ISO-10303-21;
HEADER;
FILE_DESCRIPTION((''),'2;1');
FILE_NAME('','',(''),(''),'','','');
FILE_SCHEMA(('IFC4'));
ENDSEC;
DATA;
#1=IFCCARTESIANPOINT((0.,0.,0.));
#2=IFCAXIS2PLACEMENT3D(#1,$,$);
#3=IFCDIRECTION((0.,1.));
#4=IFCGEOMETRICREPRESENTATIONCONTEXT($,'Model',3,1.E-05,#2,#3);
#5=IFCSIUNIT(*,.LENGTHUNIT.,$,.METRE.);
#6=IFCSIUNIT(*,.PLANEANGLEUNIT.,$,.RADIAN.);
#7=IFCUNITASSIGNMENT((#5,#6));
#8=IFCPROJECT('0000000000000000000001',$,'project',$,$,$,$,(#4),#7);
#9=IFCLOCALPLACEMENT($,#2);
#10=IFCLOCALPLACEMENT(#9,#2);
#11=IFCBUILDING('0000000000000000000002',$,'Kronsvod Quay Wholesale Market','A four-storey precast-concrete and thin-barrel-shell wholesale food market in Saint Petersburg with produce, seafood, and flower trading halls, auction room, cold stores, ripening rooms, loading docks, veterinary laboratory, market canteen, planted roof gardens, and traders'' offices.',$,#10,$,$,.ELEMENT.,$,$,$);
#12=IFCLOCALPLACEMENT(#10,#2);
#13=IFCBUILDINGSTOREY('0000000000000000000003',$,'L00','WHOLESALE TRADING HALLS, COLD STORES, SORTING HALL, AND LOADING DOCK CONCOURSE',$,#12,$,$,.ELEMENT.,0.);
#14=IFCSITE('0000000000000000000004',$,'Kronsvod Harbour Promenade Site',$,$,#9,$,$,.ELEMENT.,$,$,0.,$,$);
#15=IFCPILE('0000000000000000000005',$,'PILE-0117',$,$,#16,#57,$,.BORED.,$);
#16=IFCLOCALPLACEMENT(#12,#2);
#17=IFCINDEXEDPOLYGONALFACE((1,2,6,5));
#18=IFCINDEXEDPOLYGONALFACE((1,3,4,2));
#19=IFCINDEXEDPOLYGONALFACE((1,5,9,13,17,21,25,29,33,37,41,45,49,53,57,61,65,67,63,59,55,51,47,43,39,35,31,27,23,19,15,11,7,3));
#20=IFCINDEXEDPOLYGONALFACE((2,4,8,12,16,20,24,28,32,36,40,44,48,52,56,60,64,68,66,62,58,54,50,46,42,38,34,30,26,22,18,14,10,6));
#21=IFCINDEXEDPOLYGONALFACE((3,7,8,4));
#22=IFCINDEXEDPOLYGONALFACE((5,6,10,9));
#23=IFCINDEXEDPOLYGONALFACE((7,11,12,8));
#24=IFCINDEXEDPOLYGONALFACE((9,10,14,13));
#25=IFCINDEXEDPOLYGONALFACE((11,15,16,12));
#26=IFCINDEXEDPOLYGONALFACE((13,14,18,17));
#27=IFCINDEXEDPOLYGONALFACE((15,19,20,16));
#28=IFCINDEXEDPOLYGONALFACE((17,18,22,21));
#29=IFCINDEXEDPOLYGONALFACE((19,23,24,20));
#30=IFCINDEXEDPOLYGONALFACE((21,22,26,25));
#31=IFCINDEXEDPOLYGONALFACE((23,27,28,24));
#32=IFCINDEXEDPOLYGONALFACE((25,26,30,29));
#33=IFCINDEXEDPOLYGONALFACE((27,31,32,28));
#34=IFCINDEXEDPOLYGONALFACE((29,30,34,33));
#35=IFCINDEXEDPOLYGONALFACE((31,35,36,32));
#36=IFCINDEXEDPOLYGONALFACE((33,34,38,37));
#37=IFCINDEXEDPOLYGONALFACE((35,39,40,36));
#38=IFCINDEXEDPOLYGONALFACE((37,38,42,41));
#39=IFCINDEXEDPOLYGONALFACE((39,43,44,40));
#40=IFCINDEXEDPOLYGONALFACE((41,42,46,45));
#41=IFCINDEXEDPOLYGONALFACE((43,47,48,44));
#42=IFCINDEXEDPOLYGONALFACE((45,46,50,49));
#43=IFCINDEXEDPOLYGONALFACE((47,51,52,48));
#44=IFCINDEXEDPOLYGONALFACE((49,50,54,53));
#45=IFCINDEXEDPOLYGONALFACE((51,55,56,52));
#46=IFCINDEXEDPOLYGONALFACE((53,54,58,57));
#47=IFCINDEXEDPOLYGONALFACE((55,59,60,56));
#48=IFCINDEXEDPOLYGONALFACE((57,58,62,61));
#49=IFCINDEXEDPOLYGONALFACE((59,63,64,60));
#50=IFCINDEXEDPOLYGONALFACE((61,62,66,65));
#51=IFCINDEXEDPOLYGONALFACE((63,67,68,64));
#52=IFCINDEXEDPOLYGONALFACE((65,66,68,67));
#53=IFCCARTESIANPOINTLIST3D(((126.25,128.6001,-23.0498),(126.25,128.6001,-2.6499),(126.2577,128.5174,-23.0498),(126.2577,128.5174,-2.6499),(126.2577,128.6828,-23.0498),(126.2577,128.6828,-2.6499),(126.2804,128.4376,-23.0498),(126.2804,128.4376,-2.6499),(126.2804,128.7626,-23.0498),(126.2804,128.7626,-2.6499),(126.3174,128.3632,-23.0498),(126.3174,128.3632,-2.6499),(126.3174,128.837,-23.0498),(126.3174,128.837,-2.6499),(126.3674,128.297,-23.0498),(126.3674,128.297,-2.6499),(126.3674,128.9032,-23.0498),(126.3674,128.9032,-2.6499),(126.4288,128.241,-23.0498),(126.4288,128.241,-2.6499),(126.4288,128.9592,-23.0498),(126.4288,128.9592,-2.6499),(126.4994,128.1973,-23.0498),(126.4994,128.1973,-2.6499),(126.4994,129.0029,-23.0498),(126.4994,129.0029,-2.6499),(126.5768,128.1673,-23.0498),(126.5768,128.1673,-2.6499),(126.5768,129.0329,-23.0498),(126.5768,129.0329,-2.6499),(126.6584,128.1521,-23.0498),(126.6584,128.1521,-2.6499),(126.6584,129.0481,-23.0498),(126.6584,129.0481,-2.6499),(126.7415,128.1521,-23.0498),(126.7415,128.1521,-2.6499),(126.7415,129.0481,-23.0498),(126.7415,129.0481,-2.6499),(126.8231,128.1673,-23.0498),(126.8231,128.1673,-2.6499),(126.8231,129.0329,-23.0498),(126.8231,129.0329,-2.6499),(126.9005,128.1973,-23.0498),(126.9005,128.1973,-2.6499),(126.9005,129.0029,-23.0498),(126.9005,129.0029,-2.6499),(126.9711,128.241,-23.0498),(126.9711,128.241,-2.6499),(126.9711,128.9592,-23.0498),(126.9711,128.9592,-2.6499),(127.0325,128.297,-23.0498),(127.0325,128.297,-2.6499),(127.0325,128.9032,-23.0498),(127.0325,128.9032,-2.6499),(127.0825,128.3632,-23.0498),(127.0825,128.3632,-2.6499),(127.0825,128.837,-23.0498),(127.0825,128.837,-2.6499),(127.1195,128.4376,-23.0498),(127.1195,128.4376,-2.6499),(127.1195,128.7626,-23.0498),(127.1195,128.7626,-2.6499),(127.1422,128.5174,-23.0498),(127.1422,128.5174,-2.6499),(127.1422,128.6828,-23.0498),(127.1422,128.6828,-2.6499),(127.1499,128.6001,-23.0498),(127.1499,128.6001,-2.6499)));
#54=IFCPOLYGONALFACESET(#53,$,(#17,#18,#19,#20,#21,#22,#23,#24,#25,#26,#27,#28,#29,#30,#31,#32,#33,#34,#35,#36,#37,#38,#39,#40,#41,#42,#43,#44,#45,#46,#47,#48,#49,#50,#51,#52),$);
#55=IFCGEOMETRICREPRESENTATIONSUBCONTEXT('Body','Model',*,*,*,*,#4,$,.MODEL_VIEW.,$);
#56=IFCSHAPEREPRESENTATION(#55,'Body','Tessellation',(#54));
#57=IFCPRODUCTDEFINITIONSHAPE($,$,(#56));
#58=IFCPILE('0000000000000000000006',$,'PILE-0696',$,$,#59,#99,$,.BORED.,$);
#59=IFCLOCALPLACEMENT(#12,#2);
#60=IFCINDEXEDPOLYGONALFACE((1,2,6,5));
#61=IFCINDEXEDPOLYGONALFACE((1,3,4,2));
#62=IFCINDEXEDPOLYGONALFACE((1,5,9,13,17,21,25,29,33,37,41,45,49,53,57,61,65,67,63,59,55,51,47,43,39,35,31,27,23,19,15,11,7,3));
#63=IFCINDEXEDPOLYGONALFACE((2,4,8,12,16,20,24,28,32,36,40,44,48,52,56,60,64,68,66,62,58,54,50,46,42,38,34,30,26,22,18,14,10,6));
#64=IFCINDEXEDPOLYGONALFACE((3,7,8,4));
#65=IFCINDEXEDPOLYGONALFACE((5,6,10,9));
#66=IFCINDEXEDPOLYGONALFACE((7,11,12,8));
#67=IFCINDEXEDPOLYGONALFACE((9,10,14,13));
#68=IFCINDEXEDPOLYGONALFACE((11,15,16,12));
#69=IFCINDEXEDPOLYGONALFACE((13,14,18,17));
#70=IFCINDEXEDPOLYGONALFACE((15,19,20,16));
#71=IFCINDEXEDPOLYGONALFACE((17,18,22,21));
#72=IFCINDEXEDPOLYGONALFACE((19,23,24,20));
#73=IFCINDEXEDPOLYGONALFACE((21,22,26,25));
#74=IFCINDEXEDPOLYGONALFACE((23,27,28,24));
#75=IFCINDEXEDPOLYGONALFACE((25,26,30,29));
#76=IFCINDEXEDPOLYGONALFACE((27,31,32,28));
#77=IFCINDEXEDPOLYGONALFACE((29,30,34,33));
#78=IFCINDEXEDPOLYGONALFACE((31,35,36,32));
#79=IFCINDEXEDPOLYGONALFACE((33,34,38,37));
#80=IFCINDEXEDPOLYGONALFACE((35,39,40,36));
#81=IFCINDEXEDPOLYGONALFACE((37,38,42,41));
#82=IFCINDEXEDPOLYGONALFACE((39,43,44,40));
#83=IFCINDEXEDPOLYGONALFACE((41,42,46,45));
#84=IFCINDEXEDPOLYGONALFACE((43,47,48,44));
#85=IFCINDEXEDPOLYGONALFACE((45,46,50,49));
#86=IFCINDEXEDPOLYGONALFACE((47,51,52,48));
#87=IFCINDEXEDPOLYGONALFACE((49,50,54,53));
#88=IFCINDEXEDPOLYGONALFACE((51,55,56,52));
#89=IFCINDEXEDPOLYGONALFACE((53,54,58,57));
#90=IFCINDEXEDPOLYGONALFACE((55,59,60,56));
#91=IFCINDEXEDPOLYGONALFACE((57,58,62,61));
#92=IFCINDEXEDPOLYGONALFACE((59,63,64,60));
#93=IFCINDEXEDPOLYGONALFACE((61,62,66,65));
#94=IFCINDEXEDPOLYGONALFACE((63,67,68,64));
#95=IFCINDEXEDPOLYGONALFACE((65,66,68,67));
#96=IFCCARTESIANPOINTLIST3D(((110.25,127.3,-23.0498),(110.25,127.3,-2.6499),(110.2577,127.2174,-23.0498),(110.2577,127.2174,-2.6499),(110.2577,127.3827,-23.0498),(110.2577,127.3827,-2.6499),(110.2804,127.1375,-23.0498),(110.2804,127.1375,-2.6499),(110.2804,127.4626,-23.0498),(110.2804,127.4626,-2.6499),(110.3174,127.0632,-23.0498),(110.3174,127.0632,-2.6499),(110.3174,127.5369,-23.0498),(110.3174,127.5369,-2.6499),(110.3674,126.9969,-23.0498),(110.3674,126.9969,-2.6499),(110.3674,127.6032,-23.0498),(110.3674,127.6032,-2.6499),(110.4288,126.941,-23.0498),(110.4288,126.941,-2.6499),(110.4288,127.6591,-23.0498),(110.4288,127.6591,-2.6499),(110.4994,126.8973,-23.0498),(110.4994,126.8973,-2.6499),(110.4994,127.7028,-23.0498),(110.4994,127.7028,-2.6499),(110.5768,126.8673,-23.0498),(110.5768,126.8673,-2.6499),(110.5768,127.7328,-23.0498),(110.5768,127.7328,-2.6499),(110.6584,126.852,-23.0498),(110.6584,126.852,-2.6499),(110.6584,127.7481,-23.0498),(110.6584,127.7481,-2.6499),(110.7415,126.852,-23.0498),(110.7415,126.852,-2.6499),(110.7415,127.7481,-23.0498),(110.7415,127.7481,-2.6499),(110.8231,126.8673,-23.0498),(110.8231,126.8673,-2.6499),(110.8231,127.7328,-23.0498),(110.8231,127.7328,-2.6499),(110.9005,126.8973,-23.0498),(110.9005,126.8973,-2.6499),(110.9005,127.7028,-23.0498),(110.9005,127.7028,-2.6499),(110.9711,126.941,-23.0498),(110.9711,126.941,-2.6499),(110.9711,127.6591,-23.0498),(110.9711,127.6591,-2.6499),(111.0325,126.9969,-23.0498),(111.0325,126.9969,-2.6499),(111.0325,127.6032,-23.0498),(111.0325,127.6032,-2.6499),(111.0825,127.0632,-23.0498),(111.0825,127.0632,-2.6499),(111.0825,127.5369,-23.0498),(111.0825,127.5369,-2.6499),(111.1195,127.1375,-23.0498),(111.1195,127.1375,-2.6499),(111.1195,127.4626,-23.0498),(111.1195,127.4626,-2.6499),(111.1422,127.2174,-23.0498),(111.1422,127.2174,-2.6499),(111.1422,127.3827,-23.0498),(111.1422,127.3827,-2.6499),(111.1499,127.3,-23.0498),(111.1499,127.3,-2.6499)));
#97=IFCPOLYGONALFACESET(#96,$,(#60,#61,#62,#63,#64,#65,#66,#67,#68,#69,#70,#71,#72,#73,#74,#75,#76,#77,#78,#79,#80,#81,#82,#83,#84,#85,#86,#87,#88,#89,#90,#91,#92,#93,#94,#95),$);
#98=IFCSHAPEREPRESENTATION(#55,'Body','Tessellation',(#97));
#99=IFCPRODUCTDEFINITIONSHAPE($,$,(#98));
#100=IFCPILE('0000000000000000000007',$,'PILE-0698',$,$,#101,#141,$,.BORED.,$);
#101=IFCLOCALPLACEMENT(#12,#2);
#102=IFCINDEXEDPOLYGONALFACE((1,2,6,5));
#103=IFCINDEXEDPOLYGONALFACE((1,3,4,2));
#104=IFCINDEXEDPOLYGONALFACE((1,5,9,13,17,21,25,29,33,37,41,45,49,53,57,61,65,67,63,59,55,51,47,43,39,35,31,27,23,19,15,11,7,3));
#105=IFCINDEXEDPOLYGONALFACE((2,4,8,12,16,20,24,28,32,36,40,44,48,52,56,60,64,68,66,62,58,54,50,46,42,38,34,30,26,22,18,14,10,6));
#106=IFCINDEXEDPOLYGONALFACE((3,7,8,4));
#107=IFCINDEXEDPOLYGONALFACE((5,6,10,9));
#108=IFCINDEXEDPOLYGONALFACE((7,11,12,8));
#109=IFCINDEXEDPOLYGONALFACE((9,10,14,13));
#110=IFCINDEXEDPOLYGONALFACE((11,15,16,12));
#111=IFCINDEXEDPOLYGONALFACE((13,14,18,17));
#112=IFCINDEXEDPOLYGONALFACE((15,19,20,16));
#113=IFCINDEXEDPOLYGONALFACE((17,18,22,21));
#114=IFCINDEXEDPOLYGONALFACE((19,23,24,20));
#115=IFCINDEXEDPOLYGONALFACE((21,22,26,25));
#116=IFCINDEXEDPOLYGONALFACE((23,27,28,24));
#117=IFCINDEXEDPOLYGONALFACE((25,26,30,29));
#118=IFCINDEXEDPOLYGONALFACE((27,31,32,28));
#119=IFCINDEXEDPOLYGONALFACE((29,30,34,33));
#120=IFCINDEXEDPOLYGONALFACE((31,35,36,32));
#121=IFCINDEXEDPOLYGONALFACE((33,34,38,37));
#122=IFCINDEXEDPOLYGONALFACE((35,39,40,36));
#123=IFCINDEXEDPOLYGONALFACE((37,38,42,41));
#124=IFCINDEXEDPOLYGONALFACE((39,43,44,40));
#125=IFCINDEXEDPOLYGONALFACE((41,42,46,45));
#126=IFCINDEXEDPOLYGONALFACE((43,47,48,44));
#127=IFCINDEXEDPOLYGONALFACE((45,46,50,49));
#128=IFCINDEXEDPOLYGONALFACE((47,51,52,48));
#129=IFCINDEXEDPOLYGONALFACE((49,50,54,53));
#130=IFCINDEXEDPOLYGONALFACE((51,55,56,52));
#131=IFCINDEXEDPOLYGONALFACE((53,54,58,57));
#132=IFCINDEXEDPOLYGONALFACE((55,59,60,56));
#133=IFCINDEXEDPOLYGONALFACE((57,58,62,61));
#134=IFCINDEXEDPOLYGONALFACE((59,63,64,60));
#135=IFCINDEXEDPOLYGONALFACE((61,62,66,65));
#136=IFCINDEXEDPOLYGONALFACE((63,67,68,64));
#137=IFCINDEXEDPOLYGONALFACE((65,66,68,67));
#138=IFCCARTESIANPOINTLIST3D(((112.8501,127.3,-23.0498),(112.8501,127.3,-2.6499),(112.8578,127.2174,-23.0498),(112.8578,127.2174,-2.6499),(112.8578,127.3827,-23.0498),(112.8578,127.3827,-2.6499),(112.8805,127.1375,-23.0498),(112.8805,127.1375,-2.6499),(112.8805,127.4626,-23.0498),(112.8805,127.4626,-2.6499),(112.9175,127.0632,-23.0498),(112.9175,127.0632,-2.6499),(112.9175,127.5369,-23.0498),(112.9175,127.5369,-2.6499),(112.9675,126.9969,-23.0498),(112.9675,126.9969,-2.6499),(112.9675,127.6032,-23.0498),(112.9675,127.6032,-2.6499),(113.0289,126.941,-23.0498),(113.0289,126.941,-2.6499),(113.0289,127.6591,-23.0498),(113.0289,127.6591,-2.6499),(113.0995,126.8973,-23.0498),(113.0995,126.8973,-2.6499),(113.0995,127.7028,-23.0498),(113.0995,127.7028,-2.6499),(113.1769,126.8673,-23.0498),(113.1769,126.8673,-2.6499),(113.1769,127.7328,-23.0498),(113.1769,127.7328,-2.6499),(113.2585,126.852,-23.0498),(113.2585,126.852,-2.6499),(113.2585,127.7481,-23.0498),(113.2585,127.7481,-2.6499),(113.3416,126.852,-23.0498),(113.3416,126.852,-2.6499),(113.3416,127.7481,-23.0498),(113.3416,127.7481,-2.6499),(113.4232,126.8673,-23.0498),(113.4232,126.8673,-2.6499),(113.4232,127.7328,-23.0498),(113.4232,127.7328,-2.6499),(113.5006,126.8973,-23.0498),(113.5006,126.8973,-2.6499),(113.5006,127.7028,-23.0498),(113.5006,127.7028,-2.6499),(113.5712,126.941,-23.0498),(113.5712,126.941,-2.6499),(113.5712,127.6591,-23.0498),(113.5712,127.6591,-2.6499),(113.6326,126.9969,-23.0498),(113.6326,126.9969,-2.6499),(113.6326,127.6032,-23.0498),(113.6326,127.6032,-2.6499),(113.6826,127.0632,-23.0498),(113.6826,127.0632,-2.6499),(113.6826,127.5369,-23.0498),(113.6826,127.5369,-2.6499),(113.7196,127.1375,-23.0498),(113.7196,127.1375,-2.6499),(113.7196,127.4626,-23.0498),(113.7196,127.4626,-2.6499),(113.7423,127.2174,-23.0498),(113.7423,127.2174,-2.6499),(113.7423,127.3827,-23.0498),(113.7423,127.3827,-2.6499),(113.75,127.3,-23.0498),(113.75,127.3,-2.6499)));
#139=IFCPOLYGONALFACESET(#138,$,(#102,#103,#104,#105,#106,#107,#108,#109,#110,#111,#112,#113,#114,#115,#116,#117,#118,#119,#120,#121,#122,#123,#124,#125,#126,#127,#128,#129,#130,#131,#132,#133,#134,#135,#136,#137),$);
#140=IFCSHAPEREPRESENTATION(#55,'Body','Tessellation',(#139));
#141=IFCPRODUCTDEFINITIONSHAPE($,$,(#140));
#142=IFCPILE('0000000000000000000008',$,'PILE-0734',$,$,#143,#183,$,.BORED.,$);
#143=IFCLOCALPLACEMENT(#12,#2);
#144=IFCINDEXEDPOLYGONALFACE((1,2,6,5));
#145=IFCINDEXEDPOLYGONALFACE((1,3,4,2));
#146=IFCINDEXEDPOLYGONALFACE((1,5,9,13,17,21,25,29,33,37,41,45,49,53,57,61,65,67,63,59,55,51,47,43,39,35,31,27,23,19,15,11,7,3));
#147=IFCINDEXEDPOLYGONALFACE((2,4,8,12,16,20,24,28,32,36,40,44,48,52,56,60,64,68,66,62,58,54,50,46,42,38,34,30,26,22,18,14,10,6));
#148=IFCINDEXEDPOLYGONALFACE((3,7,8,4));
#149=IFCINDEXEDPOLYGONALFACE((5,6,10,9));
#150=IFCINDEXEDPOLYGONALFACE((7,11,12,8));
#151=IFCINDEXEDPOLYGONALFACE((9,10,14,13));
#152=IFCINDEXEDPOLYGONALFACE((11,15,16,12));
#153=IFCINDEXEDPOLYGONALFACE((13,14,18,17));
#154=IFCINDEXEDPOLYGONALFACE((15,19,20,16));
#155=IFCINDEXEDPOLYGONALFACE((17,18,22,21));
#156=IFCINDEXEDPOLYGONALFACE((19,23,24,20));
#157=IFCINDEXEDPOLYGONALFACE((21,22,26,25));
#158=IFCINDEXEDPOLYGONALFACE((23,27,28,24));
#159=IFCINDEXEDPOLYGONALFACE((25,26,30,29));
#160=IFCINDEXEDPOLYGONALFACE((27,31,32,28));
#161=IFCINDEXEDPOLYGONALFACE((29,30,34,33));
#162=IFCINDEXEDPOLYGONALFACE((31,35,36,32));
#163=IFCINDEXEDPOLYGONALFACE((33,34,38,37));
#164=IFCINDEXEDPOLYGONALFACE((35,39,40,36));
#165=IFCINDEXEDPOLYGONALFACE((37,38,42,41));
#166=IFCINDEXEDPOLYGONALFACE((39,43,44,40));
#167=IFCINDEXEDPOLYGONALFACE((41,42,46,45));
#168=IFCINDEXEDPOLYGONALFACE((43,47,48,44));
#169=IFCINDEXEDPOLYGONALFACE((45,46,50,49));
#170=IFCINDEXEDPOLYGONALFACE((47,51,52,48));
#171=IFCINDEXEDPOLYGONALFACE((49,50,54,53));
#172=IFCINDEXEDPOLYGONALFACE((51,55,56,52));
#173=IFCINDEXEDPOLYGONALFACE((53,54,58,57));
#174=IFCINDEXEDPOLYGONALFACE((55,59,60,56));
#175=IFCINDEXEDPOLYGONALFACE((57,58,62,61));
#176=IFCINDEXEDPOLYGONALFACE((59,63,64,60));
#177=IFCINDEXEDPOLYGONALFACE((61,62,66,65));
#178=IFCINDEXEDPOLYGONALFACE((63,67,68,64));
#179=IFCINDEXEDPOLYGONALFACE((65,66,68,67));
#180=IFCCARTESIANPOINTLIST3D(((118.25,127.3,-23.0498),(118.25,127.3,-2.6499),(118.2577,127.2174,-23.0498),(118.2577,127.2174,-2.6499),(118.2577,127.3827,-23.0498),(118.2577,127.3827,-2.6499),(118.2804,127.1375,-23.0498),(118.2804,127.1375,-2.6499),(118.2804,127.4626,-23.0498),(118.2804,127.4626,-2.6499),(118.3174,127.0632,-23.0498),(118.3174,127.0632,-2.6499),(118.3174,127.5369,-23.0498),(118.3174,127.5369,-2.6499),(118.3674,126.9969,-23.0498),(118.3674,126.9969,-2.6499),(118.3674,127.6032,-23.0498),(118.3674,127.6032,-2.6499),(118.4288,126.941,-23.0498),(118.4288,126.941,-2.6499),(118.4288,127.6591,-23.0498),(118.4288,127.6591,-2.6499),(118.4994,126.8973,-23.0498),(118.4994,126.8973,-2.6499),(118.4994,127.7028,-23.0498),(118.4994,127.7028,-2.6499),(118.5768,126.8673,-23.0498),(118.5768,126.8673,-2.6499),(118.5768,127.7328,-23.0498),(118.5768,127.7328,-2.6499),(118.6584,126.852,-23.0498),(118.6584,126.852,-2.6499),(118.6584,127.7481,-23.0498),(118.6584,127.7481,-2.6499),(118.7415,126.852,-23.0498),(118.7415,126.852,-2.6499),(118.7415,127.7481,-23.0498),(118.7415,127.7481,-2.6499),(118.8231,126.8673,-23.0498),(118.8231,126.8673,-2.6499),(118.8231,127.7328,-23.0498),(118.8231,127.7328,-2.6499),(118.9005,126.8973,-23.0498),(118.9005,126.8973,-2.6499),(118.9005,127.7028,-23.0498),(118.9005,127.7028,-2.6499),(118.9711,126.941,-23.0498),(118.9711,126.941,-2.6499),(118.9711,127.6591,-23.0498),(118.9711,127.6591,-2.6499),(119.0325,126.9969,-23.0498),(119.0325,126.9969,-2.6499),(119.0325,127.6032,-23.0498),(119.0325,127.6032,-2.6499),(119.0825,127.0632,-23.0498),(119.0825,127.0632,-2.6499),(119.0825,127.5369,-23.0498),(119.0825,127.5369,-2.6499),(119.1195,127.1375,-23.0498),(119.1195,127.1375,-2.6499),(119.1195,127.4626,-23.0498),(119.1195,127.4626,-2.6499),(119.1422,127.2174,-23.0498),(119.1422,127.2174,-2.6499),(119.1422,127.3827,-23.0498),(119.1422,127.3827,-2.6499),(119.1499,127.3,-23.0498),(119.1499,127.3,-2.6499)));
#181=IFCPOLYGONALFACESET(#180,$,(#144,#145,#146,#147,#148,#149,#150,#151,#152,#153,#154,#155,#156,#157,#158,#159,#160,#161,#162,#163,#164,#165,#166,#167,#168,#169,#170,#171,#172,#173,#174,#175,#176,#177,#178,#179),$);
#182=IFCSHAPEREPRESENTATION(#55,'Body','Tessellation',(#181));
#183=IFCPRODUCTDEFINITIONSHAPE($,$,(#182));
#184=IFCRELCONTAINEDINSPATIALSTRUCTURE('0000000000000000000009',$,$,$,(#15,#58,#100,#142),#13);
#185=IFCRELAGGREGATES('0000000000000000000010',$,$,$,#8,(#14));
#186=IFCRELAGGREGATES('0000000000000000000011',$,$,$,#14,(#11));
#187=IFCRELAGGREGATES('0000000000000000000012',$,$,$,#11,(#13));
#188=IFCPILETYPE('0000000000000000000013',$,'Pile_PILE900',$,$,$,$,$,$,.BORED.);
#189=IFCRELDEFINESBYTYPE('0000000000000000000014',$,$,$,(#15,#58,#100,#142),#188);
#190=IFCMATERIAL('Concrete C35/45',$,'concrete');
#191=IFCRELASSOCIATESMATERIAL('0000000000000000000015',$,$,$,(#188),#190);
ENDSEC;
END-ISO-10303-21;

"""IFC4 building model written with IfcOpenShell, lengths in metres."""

from ifc_helpers import new_model, si_unit, direction, frame, origin, origin_2d, place, context, subcontext, project, spatial, circle, extrude, material, material_profile, profile_set, type_object, element, save


model = new_model("IFC4")

# Units and contexts
model_context = context("Model", 3, precision=1e-05, world=origin(), true_north=direction((0.0, 1.0)))
body_context = subcontext(model_context, "Body", "Model", "MODEL_VIEW")
ifc_project = project(units=[si_unit("LENGTHUNIT", "METRE"), si_unit("PLANEANGLEUNIT", "RADIAN")], contexts=[model_context])

# Site, building, storey
site_placement = place(None, origin())
site = spatial("IfcSite", under=ifc_project, at=site_placement, Name="Kronsvod Harbour Promenade Site", CompositionType="ELEMENT", RefElevation=0.0)
building_placement = place(site_placement, origin())
building = spatial("IfcBuilding", under=site, at=building_placement, Name="Kronsvod Quay Wholesale Market", Description="A four-storey precast-concrete and thin-barrel-shell wholesale food market in Saint Petersburg with produce, seafood, and flower trading halls, auction room, cold stores, ripening rooms, loading docks, veterinary laboratory, market canteen, planted roof gardens, and traders' offices.", CompositionType="ELEMENT")
storey_placement = place(building_placement, origin())
storey = spatial("IfcBuildingStorey", under=building, at=storey_placement, Name="L00", Description="WHOLESALE TRADING HALLS, COLD STORES, SORTING HALL, AND LOADING DOCK CONCOURSE", CompositionType="ELEMENT", Elevation=0.0)

# Piles
ifc_material_1 = material(Name="Concrete C35/45", Category="concrete")
ifc_material_profile_1 = material_profile(ifc_material_1, circle(Radius=0.45, at=origin_2d()), Name="PILE900")
ifc_profile_set_1 = profile_set([ifc_material_profile_1], Name="Concrete C35/45")
pile_type = type_object("IfcPileType", Name="Pile_PILE900", PredefinedType="BORED", material=ifc_profile_set_1)
for number, where, z_axis, x_axis, name in (
    (1, (126.7, 128.6001, -2.6499), (0.0, 0.0, -1.0), (1.0, 0.0, 0.0), "PILE-0117"),
    (2, (110.7, 127.3, -2.6499), (0.0, 0.0, -1.0), (1.0, 0.0, 0.0), "PILE-0696"),
    (3, (113.3, 127.3, -2.6499), (0.0, 0.0, -1.0), (1.0, 0.0, 0.0), "PILE-0698"),
    (4, (118.7, 127.3, -2.6499), (0.0, 0.0, -1.0), (1.0, 0.0, 0.0), "PILE-0734"),
):
    element("IfcPile", number, at=place(storey_placement, frame(where, z_axis=z_axis, x_axis=x_axis)), inside=storey, type_object=pile_type, Name=name, PredefinedType="BORED", context=body_context, shape_type="SweptSolid", body=[
        extrude(circle(Radius=0.45, at=origin_2d()), origin(), (0.0, 0.0, 1.0), 20.3999),
    ])

save(model, "model.ifc")
